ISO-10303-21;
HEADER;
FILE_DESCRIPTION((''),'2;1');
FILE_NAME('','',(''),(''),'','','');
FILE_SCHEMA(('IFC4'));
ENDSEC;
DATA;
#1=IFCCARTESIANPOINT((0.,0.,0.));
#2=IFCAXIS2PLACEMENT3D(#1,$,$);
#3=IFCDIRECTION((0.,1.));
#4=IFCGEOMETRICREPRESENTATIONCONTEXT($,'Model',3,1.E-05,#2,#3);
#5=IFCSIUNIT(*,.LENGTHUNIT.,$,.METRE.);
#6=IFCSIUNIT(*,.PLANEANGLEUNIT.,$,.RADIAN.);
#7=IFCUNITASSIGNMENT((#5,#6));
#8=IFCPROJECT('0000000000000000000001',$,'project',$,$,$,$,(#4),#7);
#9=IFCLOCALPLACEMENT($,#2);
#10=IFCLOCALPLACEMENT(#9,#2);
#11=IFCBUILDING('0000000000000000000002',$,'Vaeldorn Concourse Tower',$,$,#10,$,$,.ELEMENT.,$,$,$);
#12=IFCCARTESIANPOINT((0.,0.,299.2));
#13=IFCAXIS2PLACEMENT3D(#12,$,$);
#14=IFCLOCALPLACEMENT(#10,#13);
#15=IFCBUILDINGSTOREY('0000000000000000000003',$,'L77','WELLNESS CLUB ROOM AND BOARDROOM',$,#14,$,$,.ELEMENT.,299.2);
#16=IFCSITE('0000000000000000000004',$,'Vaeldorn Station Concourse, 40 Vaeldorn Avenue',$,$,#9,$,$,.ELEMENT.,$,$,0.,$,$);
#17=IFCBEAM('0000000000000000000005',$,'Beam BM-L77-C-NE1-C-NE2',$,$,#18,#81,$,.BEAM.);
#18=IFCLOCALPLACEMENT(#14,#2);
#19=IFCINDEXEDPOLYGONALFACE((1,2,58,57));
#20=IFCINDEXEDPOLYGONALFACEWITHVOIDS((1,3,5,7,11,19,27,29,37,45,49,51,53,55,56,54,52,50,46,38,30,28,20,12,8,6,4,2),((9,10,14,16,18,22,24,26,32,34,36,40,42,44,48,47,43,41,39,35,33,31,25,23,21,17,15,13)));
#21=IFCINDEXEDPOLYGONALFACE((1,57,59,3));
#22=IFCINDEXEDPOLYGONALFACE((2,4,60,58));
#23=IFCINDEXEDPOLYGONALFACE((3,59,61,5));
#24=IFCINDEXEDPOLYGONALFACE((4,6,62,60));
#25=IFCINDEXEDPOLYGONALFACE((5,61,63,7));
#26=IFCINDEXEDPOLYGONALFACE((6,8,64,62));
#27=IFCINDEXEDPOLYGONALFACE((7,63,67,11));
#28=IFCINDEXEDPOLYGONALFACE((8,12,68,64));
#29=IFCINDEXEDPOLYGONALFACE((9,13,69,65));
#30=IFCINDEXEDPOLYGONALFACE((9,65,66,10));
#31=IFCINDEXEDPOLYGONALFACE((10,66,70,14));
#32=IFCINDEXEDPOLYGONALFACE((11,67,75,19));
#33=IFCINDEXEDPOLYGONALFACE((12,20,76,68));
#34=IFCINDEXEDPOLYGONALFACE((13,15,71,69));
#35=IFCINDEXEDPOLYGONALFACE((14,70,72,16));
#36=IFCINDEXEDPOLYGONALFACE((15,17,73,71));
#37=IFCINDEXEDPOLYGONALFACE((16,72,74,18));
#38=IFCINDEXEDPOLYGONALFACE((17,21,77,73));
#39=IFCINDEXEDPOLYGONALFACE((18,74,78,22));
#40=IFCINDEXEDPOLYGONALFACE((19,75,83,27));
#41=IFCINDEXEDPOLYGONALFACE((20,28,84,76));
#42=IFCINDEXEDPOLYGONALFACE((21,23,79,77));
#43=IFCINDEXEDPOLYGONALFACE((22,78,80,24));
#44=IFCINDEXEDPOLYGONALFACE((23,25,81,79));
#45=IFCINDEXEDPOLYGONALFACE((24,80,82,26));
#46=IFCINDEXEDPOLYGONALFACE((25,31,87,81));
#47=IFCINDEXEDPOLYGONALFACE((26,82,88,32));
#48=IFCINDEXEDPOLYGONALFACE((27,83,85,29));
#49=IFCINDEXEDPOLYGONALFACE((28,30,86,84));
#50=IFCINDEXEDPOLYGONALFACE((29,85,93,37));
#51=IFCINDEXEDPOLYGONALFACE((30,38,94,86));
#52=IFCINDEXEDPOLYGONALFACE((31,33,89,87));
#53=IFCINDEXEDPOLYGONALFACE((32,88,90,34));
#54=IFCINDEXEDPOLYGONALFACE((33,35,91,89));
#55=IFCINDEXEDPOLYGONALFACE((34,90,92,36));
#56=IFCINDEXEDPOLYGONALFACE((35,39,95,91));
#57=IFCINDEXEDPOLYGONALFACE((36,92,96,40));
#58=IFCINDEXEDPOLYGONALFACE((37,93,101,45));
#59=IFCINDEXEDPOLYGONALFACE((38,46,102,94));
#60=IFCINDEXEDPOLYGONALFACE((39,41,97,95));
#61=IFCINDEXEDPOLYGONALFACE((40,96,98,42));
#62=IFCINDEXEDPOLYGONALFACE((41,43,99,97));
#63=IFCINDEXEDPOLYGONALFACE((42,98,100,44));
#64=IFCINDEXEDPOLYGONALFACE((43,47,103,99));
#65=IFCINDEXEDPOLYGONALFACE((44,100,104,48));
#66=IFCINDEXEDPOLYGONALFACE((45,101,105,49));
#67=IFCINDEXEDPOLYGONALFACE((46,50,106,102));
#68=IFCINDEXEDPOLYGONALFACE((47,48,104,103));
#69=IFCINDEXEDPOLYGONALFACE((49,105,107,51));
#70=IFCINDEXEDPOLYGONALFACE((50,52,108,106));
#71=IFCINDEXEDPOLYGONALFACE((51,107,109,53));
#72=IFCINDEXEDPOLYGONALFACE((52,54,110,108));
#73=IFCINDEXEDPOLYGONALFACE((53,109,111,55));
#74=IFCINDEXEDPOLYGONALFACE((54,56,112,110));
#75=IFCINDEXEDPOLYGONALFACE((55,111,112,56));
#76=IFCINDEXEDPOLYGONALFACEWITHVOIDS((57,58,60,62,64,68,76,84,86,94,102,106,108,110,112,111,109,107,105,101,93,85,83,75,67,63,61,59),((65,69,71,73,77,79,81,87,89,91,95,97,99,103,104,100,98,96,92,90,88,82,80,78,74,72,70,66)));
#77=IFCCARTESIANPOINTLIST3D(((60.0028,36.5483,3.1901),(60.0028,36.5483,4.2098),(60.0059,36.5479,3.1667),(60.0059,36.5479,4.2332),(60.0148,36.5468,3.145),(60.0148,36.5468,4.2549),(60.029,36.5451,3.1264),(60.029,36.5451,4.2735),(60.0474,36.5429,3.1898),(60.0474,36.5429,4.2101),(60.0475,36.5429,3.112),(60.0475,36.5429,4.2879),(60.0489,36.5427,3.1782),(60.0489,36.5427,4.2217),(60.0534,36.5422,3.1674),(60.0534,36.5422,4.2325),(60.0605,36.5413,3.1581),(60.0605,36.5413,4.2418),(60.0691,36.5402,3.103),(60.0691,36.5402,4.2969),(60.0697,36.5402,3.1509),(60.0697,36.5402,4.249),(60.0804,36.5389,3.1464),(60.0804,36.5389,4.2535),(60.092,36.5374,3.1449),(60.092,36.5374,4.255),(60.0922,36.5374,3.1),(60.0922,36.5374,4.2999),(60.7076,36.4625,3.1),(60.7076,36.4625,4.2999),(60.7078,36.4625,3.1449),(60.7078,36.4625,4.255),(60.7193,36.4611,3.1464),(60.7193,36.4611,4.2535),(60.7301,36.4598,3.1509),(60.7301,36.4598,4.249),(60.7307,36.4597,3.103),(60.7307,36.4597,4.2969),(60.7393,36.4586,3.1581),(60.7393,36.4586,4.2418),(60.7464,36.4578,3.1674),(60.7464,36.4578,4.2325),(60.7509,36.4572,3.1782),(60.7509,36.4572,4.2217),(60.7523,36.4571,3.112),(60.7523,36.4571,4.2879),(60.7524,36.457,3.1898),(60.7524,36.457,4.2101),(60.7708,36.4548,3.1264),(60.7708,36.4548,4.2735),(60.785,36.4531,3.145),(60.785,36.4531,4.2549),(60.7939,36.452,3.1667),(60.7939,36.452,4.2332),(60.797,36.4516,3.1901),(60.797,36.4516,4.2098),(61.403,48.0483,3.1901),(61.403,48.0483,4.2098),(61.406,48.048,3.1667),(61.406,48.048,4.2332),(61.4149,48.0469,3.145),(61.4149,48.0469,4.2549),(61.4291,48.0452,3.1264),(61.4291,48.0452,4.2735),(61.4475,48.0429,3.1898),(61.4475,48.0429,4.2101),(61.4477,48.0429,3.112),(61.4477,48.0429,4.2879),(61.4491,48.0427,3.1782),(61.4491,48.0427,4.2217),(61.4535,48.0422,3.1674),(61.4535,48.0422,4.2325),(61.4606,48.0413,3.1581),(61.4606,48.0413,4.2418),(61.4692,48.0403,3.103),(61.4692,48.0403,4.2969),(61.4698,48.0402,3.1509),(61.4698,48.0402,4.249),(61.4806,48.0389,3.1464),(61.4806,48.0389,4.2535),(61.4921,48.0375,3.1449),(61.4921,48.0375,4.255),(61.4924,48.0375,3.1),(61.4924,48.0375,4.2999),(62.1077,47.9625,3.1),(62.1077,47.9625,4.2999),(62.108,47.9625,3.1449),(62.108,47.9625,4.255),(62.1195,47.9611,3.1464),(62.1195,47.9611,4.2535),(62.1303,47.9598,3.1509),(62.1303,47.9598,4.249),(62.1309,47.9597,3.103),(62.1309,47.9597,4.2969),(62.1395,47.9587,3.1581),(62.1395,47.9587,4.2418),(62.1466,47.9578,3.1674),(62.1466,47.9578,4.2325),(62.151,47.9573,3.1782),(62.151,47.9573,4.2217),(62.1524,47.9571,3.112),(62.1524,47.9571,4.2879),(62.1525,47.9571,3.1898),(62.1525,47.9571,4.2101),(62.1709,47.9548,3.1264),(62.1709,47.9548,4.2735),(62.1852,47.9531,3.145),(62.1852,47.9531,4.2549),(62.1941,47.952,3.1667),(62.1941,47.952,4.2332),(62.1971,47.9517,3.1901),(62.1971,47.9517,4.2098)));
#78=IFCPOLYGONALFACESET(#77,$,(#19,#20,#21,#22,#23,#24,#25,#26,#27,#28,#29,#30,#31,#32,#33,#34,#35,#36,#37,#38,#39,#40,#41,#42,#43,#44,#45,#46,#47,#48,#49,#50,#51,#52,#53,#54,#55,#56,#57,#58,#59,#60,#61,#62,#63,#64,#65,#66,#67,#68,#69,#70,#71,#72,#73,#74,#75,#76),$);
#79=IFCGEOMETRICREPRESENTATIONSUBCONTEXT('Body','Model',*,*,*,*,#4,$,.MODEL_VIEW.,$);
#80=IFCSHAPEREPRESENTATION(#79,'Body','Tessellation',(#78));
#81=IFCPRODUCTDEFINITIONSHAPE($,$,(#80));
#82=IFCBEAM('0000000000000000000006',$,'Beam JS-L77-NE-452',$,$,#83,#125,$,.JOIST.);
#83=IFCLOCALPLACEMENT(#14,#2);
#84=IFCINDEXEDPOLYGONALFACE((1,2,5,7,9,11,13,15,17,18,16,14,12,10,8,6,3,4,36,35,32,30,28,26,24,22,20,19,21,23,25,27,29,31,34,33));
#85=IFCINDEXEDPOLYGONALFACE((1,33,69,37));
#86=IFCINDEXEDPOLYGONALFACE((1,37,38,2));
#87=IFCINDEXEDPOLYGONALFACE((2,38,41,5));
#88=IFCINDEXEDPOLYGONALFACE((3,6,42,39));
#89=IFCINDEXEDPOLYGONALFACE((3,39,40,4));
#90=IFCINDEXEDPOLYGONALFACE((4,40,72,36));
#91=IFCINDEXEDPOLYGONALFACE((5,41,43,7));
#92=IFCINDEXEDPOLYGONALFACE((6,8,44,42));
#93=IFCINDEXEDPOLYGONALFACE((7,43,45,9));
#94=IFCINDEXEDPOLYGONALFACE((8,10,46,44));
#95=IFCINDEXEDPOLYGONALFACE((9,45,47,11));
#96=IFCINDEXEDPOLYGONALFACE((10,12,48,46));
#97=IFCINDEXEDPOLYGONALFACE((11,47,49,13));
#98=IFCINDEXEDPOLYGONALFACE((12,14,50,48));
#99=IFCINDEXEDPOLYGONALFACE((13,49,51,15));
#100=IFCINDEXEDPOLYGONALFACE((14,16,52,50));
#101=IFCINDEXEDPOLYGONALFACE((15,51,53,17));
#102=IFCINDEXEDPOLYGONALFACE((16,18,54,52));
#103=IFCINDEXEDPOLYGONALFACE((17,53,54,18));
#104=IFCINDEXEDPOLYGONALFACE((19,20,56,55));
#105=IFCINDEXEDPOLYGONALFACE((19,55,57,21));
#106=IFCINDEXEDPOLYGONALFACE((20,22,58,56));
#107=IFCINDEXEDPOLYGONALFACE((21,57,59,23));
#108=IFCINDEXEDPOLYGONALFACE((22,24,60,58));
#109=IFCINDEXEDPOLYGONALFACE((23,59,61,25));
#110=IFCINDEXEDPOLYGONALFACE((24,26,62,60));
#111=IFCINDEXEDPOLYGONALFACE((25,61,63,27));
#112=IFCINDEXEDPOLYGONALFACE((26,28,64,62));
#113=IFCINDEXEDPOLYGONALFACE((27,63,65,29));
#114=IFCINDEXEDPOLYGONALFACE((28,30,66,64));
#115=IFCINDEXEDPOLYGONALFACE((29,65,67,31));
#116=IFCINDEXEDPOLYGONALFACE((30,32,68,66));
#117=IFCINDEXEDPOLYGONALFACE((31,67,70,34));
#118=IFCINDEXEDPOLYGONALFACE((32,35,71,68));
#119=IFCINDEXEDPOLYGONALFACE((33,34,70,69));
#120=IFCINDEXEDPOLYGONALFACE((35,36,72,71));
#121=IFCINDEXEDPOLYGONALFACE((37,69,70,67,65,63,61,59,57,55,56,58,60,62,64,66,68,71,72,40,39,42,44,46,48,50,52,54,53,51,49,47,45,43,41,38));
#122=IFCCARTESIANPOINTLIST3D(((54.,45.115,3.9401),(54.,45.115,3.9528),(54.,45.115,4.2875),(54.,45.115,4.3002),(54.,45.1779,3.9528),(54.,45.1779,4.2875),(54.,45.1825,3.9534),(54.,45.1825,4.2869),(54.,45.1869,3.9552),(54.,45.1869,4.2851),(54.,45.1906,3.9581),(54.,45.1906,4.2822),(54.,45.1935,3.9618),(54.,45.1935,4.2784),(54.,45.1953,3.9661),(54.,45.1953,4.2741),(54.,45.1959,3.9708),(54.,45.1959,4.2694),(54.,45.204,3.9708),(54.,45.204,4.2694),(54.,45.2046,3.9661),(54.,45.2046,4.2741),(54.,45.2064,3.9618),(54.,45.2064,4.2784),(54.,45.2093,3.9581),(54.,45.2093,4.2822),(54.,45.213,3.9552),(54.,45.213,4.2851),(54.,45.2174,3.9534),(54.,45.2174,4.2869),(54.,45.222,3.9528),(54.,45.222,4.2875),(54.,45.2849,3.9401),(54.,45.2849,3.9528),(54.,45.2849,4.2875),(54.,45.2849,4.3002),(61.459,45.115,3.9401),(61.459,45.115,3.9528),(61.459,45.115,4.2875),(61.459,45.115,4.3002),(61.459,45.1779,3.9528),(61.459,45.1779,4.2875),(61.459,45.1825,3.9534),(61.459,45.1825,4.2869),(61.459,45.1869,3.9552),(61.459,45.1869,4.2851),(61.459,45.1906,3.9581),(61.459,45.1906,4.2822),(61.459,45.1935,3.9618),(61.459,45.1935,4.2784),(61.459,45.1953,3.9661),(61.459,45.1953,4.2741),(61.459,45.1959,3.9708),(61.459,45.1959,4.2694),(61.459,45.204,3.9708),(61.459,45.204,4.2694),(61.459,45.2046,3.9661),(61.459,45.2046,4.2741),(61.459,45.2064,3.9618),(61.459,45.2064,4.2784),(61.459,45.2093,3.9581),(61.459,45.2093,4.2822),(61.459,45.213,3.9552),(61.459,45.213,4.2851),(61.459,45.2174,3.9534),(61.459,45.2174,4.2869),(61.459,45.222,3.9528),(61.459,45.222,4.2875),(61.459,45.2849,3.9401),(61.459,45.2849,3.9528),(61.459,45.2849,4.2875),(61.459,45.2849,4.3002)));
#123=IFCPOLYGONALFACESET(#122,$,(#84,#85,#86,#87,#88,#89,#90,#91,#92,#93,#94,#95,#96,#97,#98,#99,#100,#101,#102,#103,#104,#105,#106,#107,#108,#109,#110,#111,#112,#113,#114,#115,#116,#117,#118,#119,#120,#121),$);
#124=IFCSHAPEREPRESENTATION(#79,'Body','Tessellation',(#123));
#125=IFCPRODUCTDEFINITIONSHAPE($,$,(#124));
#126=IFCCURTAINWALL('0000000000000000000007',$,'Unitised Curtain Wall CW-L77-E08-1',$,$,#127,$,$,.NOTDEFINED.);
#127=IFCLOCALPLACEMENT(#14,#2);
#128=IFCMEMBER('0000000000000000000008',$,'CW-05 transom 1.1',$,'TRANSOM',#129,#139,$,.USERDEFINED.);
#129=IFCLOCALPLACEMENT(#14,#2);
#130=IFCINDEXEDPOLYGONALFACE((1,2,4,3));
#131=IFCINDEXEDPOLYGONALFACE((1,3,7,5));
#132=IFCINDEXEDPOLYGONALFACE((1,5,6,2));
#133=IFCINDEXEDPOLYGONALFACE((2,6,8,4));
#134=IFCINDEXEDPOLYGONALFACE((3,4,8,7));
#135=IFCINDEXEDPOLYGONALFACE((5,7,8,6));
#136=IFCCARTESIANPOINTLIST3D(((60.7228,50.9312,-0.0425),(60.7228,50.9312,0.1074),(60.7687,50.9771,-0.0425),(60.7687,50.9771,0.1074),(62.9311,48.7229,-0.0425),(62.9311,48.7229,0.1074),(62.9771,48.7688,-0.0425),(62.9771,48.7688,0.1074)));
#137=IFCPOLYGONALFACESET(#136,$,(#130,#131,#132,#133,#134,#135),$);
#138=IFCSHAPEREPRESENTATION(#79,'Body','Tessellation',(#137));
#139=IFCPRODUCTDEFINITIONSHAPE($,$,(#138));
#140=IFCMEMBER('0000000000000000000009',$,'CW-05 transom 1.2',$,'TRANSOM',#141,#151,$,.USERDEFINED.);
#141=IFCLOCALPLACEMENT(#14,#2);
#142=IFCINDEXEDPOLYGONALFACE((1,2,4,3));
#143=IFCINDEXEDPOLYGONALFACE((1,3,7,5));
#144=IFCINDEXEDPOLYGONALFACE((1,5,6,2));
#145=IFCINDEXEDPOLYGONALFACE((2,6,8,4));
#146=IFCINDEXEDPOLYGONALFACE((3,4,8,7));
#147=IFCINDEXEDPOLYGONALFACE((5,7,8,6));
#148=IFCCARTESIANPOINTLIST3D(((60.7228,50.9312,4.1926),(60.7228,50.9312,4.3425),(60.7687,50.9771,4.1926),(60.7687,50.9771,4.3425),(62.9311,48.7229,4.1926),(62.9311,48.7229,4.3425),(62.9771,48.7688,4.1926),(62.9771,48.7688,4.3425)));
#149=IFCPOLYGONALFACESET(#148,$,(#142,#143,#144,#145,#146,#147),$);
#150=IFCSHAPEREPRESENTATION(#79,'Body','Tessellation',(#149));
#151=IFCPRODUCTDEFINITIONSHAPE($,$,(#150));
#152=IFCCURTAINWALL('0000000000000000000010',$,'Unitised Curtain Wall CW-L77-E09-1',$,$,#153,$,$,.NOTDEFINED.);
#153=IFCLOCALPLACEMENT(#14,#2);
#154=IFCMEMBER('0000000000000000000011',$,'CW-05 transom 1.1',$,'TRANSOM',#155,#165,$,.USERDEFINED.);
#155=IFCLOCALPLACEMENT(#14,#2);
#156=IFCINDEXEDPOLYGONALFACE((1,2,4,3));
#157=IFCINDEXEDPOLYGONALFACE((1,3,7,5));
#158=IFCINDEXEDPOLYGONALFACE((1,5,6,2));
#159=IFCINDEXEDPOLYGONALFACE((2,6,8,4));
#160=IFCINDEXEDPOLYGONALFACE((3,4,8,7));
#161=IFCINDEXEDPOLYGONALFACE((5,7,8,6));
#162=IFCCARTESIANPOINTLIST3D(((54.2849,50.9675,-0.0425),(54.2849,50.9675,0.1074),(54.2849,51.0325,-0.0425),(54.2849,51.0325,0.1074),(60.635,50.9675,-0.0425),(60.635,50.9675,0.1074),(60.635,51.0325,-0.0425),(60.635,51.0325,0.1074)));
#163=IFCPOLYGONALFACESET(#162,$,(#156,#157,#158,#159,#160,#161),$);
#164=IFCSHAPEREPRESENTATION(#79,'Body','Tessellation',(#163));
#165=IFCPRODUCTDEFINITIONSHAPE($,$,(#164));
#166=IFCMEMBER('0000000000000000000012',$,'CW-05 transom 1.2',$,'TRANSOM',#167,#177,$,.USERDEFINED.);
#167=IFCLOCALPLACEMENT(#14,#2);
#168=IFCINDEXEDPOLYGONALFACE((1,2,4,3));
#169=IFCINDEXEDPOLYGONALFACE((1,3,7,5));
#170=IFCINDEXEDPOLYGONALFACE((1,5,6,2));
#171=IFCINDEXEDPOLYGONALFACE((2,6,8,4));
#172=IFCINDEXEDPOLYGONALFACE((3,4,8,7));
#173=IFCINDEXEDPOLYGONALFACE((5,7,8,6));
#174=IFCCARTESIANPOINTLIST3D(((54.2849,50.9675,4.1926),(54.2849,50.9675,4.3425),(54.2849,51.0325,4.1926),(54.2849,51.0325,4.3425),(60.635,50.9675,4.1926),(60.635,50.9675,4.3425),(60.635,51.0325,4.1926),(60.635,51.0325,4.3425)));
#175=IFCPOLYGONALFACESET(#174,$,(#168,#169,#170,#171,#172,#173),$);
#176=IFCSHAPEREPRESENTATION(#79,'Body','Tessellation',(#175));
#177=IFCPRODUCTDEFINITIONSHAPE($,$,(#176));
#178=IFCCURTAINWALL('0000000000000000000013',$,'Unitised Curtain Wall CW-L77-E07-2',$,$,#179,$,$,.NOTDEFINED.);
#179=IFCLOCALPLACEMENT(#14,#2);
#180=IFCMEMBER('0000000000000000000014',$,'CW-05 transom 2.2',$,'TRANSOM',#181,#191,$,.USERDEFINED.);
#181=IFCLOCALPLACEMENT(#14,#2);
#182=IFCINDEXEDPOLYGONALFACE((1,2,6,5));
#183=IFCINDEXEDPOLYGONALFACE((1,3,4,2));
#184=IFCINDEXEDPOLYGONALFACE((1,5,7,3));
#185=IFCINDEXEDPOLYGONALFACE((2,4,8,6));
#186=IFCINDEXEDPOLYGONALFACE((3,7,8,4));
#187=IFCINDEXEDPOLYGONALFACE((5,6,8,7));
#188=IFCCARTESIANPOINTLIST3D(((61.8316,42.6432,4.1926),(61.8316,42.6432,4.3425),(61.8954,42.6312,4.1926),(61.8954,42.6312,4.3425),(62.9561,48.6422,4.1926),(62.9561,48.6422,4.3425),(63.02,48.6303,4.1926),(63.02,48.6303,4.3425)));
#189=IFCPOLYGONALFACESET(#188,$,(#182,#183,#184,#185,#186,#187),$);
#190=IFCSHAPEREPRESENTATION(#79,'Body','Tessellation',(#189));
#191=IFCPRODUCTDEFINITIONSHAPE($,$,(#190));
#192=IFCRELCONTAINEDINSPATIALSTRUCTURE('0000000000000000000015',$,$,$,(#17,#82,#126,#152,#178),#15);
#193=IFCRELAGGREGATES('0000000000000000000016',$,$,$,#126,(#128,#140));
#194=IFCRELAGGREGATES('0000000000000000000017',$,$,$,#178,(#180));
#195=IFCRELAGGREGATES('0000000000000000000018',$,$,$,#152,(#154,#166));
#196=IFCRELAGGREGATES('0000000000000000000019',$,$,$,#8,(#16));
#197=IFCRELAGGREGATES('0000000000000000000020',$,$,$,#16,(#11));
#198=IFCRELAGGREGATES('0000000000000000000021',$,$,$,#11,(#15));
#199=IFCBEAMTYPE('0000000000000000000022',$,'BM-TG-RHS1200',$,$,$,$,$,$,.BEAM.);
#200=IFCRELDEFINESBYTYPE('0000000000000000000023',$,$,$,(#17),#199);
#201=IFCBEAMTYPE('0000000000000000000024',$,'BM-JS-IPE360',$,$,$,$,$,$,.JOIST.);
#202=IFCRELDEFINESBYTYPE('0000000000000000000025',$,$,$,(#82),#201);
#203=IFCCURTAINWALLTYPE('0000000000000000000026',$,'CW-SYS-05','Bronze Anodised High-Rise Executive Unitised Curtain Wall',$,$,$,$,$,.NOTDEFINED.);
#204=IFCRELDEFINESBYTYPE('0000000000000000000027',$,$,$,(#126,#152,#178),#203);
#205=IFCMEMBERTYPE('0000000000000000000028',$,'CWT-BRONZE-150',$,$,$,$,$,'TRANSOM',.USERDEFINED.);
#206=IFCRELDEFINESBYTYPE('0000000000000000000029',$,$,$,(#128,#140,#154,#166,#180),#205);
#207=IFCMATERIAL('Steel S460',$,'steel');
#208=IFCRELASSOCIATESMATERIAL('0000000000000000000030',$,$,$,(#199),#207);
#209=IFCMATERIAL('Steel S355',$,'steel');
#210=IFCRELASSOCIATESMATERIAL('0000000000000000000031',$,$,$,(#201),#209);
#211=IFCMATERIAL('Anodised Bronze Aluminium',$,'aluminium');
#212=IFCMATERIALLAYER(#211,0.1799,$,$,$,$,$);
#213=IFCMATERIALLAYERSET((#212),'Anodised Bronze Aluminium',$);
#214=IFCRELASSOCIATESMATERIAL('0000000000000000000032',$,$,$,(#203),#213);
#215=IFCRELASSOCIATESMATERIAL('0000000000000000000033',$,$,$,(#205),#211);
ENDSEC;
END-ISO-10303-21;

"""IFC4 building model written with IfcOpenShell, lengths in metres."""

from ifc_helpers import new_model, si_unit, direction, frame, origin, origin_2d, place, context, subcontext, project, spatial, rectangle, hollow_rectangle, i_section, extrude, source, transform, mapped, material, layer, layer_set, material_profile, profile_set, type_object, element, aggregate, save


model = new_model("IFC4")

# Units and contexts
model_context = context("Model", 3, precision=1e-05, world=origin(), true_north=direction((0.0, 1.0)))
body_context = subcontext(model_context, "Body", "Model", "MODEL_VIEW")
ifc_project = project(units=[si_unit("LENGTHUNIT", "METRE"), si_unit("PLANEANGLEUNIT", "RADIAN")], contexts=[model_context])

# Site, building, storey
site_placement = place(None, origin())
site = spatial("IfcSite", under=ifc_project, at=site_placement, Name="Vaeldorn Station Concourse, 40 Vaeldorn Avenue", CompositionType="ELEMENT", RefElevation=0.0)
building_placement = place(site_placement, origin())
building = spatial("IfcBuilding", under=site, at=building_placement, Name="Vaeldorn Concourse Tower", CompositionType="ELEMENT")
storey_placement = place(building_placement, frame((0.0, 0.0, 299.2)))
storey = spatial("IfcBuildingStorey", under=building, at=storey_placement, Name="L77", Description="WELLNESS CLUB ROOM AND BOARDROOM", CompositionType="ELEMENT", Elevation=299.2)

# Shared definitions
ifc_material_1 = material(Name="Steel S355", Category="steel")

# Beams
ifc_material_2 = material(Name="Steel S460", Category="steel")
ifc_material_profile_1 = material_profile(ifc_material_2, hollow_rectangle(XDim=0.8, YDim=1.2, WallThickness=0.0449, InnerFilletRadius=0.0449, OuterFilletRadius=0.0901, at=origin_2d()), Name="RHS 1200x800x45")
ifc_profile_set_1 = profile_set([ifc_material_profile_1], Name="Steel S460")
beam_type_1 = type_object("IfcBeamType", Name="BM-TG-RHS1200", PredefinedType="BEAM", material=ifc_profile_set_1)
shared_shape_1 = source(origin(), body_context, "Body", "SweptSolid", [
    extrude(hollow_rectangle(XDim=0.8, YDim=1.2, WallThickness=0.0449, InnerFilletRadius=0.0449, OuterFilletRadius=0.0901, at=origin_2d()), origin(), (0.0, 0.0, 1.0), 11.585),
])
beam_1_placement = place(storey_placement, frame((61.8, 48.0, 3.7), z_axis=(-0.120859, -0.99267, 0.0), x_axis=(0.99267, -0.120859, 0.0)))
element("IfcBeam", 1, at=beam_1_placement, inside=storey, type_object=beam_type_1, Name="Beam BM-L77-C-NE1-C-NE2", PredefinedType="BEAM", context=body_context, shape_type="MappedRepresentation", body=[
    mapped(shared_shape_1, transform((0.0, 0.0, 0.0), scale=1.0)),
])
ifc_material_profile_2 = material_profile(ifc_material_1, i_section(OverallWidth=0.1699, OverallDepth=0.3601, WebThickness=0.0081, FlangeThickness=0.0127, FilletRadius=0.0181, at=origin_2d()), Name="IPE 360")
ifc_profile_set_2 = profile_set([ifc_material_profile_2], Name="Steel S355")
beam_type_2 = type_object("IfcBeamType", Name="BM-JS-IPE360", PredefinedType="JOIST", material=ifc_profile_set_2)
shared_shape_2 = source(origin(), body_context, "Body", "SweptSolid", [
    extrude(i_section(OverallWidth=0.1699, OverallDepth=0.3601, WebThickness=0.0081, FlangeThickness=0.0127, FilletRadius=0.0181, at=origin_2d()), origin(), (0.0, 0.0, 1.0), 7.459),
])
beam_2_placement = place(storey_placement, frame((54.0, 45.2, 4.1201), z_axis=(1.0, 0.0, 0.0), x_axis=(0.0, 1.0, 0.0)))
element("IfcBeam", 2, at=beam_2_placement, inside=storey, type_object=beam_type_2, Name="Beam JS-L77-NE-452", PredefinedType="JOIST", context=body_context, shape_type="MappedRepresentation", body=[
    mapped(shared_shape_2, transform((0.0, 0.0, 0.0), scale=1.0)),
])

# Curtain walls, members
ifc_material_3 = material(Name="Anodised Bronze Aluminium", Category="aluminium")
ifc_layer_1 = layer(ifc_material_3, 0.1799)
ifc_layer_set_1 = layer_set([ifc_layer_1], Name="Anodised Bronze Aluminium")
curtain_wall_type = type_object("IfcCurtainWallType", Name="CW-SYS-05", Description="Bronze Anodised High-Rise Executive Unitised Curtain Wall", PredefinedType="NOTDEFINED", material=ifc_layer_set_1)
curtain_wall_1_placement = place(storey_placement, origin())
curtain_wall_1 = element("IfcCurtainWall", 3, at=curtain_wall_1_placement, inside=storey, type_object=curtain_wall_type, Name="Unitised Curtain Wall CW-L77-E08-1", PredefinedType="NOTDEFINED")
ifc_material_profile_3 = material_profile(ifc_material_3, rectangle(XDim=0.0649, YDim=0.1499, at=origin_2d()), Name="CWT 65x150")
ifc_profile_set_3 = profile_set([ifc_material_profile_3], Name="Anodised Bronze Aluminium")
member_type_1 = type_object("IfcMemberType", Name="CWT-BRONZE-150", ElementType="TRANSOM", PredefinedType="USERDEFINED", material=ifc_profile_set_3)
shared_shape_3 = source(origin(), body_context, "Body", "SweptSolid", [
    extrude(rectangle(XDim=0.0649, YDim=0.1499, at=origin_2d()), origin(), (0.0, 0.0, 1.0), 3.123),
])
member_1_placement = place(storey_placement, frame((62.9541, 48.7458, 0.0325), z_axis=(-0.707107, 0.707107, 0.0), x_axis=(-0.707107, -0.707107, 0.0)))
member_1 = element("IfcMember", 4, at=member_1_placement, type_object=member_type_1, Name="CW-05 transom 1.1", ObjectType="TRANSOM", PredefinedType="USERDEFINED", context=body_context, shape_type="MappedRepresentation", body=[
    mapped(shared_shape_3, transform((0.0, 0.0, 0.0), scale=1.0)),
])
member_2_placement = place(storey_placement, frame((62.9541, 48.7458, 4.2676), z_axis=(-0.707107, 0.707107, 0.0), x_axis=(-0.707107, -0.707107, 0.0)))
member_2 = element("IfcMember", 5, at=member_2_placement, type_object=member_type_1, Name="CW-05 transom 1.2", ObjectType="TRANSOM", PredefinedType="USERDEFINED", context=body_context, shape_type="MappedRepresentation", body=[
    mapped(shared_shape_3, transform((0.0, 0.0, 0.0), scale=1.0)),
])
curtain_wall_2_placement = place(storey_placement, origin())
curtain_wall_2 = element("IfcCurtainWall", 6, at=curtain_wall_2_placement, inside=storey, type_object=curtain_wall_type, Name="Unitised Curtain Wall CW-L77-E09-1", PredefinedType="NOTDEFINED")
shared_shape_4 = source(origin(), body_context, "Body", "SweptSolid", [
    extrude(rectangle(XDim=0.0649, YDim=0.1499, at=origin_2d()), origin(), (0.0, 0.0, 1.0), 6.3501),
])
member_3_placement = place(storey_placement, frame((60.635, 51.0, 0.0325), z_axis=(-1.0, 0.0, 0.0), x_axis=(0.0, -1.0, 0.0)))
member_3 = element("IfcMember", 7, at=member_3_placement, type_object=member_type_1, Name="CW-05 transom 1.1", ObjectType="TRANSOM", PredefinedType="USERDEFINED", context=body_context, shape_type="MappedRepresentation", body=[
    mapped(shared_shape_4, transform((0.0, 0.0, 0.0), scale=1.0)),
])
member_4_placement = place(storey_placement, frame((60.635, 51.0, 4.2676), z_axis=(-1.0, 0.0, 0.0), x_axis=(0.0, -1.0, 0.0)))
member_4 = element("IfcMember", 8, at=member_4_placement, type_object=member_type_1, Name="CW-05 transom 1.2", ObjectType="TRANSOM", PredefinedType="USERDEFINED", context=body_context, shape_type="MappedRepresentation", body=[
    mapped(shared_shape_4, transform((0.0, 0.0, 0.0), scale=1.0)),
])
curtain_wall_3_placement = place(storey_placement, origin())
curtain_wall_3 = element("IfcCurtainWall", 9, at=curtain_wall_3_placement, inside=storey, type_object=curtain_wall_type, Name="Unitised Curtain Wall CW-L77-E07-2", PredefinedType="NOTDEFINED")
shared_shape_5 = source(origin(), body_context, "Body", "SweptSolid", [
    extrude(rectangle(XDim=0.0649, YDim=0.1499, at=origin_2d()), origin(), (0.0, 0.0, 1.0), 6.1035),
])
member_5_placement = place(storey_placement, frame((61.8635, 42.6372, 4.2676), z_axis=(0.18424, 0.982881, 0.0), x_axis=(-0.982881, 0.18424, 0.0)))
member_5 = element("IfcMember", 10, at=member_5_placement, type_object=member_type_1, Name="CW-05 transom 2.2", ObjectType="TRANSOM", PredefinedType="USERDEFINED", context=body_context, shape_type="MappedRepresentation", body=[
    mapped(shared_shape_5, transform((0.0, 0.0, 0.0), scale=1.0)),
])

aggregate(curtain_wall_1, [member_1, member_2])
aggregate(curtain_wall_3, [member_5])
aggregate(curtain_wall_2, [member_3, member_4])

save(model, "model.ifc")
